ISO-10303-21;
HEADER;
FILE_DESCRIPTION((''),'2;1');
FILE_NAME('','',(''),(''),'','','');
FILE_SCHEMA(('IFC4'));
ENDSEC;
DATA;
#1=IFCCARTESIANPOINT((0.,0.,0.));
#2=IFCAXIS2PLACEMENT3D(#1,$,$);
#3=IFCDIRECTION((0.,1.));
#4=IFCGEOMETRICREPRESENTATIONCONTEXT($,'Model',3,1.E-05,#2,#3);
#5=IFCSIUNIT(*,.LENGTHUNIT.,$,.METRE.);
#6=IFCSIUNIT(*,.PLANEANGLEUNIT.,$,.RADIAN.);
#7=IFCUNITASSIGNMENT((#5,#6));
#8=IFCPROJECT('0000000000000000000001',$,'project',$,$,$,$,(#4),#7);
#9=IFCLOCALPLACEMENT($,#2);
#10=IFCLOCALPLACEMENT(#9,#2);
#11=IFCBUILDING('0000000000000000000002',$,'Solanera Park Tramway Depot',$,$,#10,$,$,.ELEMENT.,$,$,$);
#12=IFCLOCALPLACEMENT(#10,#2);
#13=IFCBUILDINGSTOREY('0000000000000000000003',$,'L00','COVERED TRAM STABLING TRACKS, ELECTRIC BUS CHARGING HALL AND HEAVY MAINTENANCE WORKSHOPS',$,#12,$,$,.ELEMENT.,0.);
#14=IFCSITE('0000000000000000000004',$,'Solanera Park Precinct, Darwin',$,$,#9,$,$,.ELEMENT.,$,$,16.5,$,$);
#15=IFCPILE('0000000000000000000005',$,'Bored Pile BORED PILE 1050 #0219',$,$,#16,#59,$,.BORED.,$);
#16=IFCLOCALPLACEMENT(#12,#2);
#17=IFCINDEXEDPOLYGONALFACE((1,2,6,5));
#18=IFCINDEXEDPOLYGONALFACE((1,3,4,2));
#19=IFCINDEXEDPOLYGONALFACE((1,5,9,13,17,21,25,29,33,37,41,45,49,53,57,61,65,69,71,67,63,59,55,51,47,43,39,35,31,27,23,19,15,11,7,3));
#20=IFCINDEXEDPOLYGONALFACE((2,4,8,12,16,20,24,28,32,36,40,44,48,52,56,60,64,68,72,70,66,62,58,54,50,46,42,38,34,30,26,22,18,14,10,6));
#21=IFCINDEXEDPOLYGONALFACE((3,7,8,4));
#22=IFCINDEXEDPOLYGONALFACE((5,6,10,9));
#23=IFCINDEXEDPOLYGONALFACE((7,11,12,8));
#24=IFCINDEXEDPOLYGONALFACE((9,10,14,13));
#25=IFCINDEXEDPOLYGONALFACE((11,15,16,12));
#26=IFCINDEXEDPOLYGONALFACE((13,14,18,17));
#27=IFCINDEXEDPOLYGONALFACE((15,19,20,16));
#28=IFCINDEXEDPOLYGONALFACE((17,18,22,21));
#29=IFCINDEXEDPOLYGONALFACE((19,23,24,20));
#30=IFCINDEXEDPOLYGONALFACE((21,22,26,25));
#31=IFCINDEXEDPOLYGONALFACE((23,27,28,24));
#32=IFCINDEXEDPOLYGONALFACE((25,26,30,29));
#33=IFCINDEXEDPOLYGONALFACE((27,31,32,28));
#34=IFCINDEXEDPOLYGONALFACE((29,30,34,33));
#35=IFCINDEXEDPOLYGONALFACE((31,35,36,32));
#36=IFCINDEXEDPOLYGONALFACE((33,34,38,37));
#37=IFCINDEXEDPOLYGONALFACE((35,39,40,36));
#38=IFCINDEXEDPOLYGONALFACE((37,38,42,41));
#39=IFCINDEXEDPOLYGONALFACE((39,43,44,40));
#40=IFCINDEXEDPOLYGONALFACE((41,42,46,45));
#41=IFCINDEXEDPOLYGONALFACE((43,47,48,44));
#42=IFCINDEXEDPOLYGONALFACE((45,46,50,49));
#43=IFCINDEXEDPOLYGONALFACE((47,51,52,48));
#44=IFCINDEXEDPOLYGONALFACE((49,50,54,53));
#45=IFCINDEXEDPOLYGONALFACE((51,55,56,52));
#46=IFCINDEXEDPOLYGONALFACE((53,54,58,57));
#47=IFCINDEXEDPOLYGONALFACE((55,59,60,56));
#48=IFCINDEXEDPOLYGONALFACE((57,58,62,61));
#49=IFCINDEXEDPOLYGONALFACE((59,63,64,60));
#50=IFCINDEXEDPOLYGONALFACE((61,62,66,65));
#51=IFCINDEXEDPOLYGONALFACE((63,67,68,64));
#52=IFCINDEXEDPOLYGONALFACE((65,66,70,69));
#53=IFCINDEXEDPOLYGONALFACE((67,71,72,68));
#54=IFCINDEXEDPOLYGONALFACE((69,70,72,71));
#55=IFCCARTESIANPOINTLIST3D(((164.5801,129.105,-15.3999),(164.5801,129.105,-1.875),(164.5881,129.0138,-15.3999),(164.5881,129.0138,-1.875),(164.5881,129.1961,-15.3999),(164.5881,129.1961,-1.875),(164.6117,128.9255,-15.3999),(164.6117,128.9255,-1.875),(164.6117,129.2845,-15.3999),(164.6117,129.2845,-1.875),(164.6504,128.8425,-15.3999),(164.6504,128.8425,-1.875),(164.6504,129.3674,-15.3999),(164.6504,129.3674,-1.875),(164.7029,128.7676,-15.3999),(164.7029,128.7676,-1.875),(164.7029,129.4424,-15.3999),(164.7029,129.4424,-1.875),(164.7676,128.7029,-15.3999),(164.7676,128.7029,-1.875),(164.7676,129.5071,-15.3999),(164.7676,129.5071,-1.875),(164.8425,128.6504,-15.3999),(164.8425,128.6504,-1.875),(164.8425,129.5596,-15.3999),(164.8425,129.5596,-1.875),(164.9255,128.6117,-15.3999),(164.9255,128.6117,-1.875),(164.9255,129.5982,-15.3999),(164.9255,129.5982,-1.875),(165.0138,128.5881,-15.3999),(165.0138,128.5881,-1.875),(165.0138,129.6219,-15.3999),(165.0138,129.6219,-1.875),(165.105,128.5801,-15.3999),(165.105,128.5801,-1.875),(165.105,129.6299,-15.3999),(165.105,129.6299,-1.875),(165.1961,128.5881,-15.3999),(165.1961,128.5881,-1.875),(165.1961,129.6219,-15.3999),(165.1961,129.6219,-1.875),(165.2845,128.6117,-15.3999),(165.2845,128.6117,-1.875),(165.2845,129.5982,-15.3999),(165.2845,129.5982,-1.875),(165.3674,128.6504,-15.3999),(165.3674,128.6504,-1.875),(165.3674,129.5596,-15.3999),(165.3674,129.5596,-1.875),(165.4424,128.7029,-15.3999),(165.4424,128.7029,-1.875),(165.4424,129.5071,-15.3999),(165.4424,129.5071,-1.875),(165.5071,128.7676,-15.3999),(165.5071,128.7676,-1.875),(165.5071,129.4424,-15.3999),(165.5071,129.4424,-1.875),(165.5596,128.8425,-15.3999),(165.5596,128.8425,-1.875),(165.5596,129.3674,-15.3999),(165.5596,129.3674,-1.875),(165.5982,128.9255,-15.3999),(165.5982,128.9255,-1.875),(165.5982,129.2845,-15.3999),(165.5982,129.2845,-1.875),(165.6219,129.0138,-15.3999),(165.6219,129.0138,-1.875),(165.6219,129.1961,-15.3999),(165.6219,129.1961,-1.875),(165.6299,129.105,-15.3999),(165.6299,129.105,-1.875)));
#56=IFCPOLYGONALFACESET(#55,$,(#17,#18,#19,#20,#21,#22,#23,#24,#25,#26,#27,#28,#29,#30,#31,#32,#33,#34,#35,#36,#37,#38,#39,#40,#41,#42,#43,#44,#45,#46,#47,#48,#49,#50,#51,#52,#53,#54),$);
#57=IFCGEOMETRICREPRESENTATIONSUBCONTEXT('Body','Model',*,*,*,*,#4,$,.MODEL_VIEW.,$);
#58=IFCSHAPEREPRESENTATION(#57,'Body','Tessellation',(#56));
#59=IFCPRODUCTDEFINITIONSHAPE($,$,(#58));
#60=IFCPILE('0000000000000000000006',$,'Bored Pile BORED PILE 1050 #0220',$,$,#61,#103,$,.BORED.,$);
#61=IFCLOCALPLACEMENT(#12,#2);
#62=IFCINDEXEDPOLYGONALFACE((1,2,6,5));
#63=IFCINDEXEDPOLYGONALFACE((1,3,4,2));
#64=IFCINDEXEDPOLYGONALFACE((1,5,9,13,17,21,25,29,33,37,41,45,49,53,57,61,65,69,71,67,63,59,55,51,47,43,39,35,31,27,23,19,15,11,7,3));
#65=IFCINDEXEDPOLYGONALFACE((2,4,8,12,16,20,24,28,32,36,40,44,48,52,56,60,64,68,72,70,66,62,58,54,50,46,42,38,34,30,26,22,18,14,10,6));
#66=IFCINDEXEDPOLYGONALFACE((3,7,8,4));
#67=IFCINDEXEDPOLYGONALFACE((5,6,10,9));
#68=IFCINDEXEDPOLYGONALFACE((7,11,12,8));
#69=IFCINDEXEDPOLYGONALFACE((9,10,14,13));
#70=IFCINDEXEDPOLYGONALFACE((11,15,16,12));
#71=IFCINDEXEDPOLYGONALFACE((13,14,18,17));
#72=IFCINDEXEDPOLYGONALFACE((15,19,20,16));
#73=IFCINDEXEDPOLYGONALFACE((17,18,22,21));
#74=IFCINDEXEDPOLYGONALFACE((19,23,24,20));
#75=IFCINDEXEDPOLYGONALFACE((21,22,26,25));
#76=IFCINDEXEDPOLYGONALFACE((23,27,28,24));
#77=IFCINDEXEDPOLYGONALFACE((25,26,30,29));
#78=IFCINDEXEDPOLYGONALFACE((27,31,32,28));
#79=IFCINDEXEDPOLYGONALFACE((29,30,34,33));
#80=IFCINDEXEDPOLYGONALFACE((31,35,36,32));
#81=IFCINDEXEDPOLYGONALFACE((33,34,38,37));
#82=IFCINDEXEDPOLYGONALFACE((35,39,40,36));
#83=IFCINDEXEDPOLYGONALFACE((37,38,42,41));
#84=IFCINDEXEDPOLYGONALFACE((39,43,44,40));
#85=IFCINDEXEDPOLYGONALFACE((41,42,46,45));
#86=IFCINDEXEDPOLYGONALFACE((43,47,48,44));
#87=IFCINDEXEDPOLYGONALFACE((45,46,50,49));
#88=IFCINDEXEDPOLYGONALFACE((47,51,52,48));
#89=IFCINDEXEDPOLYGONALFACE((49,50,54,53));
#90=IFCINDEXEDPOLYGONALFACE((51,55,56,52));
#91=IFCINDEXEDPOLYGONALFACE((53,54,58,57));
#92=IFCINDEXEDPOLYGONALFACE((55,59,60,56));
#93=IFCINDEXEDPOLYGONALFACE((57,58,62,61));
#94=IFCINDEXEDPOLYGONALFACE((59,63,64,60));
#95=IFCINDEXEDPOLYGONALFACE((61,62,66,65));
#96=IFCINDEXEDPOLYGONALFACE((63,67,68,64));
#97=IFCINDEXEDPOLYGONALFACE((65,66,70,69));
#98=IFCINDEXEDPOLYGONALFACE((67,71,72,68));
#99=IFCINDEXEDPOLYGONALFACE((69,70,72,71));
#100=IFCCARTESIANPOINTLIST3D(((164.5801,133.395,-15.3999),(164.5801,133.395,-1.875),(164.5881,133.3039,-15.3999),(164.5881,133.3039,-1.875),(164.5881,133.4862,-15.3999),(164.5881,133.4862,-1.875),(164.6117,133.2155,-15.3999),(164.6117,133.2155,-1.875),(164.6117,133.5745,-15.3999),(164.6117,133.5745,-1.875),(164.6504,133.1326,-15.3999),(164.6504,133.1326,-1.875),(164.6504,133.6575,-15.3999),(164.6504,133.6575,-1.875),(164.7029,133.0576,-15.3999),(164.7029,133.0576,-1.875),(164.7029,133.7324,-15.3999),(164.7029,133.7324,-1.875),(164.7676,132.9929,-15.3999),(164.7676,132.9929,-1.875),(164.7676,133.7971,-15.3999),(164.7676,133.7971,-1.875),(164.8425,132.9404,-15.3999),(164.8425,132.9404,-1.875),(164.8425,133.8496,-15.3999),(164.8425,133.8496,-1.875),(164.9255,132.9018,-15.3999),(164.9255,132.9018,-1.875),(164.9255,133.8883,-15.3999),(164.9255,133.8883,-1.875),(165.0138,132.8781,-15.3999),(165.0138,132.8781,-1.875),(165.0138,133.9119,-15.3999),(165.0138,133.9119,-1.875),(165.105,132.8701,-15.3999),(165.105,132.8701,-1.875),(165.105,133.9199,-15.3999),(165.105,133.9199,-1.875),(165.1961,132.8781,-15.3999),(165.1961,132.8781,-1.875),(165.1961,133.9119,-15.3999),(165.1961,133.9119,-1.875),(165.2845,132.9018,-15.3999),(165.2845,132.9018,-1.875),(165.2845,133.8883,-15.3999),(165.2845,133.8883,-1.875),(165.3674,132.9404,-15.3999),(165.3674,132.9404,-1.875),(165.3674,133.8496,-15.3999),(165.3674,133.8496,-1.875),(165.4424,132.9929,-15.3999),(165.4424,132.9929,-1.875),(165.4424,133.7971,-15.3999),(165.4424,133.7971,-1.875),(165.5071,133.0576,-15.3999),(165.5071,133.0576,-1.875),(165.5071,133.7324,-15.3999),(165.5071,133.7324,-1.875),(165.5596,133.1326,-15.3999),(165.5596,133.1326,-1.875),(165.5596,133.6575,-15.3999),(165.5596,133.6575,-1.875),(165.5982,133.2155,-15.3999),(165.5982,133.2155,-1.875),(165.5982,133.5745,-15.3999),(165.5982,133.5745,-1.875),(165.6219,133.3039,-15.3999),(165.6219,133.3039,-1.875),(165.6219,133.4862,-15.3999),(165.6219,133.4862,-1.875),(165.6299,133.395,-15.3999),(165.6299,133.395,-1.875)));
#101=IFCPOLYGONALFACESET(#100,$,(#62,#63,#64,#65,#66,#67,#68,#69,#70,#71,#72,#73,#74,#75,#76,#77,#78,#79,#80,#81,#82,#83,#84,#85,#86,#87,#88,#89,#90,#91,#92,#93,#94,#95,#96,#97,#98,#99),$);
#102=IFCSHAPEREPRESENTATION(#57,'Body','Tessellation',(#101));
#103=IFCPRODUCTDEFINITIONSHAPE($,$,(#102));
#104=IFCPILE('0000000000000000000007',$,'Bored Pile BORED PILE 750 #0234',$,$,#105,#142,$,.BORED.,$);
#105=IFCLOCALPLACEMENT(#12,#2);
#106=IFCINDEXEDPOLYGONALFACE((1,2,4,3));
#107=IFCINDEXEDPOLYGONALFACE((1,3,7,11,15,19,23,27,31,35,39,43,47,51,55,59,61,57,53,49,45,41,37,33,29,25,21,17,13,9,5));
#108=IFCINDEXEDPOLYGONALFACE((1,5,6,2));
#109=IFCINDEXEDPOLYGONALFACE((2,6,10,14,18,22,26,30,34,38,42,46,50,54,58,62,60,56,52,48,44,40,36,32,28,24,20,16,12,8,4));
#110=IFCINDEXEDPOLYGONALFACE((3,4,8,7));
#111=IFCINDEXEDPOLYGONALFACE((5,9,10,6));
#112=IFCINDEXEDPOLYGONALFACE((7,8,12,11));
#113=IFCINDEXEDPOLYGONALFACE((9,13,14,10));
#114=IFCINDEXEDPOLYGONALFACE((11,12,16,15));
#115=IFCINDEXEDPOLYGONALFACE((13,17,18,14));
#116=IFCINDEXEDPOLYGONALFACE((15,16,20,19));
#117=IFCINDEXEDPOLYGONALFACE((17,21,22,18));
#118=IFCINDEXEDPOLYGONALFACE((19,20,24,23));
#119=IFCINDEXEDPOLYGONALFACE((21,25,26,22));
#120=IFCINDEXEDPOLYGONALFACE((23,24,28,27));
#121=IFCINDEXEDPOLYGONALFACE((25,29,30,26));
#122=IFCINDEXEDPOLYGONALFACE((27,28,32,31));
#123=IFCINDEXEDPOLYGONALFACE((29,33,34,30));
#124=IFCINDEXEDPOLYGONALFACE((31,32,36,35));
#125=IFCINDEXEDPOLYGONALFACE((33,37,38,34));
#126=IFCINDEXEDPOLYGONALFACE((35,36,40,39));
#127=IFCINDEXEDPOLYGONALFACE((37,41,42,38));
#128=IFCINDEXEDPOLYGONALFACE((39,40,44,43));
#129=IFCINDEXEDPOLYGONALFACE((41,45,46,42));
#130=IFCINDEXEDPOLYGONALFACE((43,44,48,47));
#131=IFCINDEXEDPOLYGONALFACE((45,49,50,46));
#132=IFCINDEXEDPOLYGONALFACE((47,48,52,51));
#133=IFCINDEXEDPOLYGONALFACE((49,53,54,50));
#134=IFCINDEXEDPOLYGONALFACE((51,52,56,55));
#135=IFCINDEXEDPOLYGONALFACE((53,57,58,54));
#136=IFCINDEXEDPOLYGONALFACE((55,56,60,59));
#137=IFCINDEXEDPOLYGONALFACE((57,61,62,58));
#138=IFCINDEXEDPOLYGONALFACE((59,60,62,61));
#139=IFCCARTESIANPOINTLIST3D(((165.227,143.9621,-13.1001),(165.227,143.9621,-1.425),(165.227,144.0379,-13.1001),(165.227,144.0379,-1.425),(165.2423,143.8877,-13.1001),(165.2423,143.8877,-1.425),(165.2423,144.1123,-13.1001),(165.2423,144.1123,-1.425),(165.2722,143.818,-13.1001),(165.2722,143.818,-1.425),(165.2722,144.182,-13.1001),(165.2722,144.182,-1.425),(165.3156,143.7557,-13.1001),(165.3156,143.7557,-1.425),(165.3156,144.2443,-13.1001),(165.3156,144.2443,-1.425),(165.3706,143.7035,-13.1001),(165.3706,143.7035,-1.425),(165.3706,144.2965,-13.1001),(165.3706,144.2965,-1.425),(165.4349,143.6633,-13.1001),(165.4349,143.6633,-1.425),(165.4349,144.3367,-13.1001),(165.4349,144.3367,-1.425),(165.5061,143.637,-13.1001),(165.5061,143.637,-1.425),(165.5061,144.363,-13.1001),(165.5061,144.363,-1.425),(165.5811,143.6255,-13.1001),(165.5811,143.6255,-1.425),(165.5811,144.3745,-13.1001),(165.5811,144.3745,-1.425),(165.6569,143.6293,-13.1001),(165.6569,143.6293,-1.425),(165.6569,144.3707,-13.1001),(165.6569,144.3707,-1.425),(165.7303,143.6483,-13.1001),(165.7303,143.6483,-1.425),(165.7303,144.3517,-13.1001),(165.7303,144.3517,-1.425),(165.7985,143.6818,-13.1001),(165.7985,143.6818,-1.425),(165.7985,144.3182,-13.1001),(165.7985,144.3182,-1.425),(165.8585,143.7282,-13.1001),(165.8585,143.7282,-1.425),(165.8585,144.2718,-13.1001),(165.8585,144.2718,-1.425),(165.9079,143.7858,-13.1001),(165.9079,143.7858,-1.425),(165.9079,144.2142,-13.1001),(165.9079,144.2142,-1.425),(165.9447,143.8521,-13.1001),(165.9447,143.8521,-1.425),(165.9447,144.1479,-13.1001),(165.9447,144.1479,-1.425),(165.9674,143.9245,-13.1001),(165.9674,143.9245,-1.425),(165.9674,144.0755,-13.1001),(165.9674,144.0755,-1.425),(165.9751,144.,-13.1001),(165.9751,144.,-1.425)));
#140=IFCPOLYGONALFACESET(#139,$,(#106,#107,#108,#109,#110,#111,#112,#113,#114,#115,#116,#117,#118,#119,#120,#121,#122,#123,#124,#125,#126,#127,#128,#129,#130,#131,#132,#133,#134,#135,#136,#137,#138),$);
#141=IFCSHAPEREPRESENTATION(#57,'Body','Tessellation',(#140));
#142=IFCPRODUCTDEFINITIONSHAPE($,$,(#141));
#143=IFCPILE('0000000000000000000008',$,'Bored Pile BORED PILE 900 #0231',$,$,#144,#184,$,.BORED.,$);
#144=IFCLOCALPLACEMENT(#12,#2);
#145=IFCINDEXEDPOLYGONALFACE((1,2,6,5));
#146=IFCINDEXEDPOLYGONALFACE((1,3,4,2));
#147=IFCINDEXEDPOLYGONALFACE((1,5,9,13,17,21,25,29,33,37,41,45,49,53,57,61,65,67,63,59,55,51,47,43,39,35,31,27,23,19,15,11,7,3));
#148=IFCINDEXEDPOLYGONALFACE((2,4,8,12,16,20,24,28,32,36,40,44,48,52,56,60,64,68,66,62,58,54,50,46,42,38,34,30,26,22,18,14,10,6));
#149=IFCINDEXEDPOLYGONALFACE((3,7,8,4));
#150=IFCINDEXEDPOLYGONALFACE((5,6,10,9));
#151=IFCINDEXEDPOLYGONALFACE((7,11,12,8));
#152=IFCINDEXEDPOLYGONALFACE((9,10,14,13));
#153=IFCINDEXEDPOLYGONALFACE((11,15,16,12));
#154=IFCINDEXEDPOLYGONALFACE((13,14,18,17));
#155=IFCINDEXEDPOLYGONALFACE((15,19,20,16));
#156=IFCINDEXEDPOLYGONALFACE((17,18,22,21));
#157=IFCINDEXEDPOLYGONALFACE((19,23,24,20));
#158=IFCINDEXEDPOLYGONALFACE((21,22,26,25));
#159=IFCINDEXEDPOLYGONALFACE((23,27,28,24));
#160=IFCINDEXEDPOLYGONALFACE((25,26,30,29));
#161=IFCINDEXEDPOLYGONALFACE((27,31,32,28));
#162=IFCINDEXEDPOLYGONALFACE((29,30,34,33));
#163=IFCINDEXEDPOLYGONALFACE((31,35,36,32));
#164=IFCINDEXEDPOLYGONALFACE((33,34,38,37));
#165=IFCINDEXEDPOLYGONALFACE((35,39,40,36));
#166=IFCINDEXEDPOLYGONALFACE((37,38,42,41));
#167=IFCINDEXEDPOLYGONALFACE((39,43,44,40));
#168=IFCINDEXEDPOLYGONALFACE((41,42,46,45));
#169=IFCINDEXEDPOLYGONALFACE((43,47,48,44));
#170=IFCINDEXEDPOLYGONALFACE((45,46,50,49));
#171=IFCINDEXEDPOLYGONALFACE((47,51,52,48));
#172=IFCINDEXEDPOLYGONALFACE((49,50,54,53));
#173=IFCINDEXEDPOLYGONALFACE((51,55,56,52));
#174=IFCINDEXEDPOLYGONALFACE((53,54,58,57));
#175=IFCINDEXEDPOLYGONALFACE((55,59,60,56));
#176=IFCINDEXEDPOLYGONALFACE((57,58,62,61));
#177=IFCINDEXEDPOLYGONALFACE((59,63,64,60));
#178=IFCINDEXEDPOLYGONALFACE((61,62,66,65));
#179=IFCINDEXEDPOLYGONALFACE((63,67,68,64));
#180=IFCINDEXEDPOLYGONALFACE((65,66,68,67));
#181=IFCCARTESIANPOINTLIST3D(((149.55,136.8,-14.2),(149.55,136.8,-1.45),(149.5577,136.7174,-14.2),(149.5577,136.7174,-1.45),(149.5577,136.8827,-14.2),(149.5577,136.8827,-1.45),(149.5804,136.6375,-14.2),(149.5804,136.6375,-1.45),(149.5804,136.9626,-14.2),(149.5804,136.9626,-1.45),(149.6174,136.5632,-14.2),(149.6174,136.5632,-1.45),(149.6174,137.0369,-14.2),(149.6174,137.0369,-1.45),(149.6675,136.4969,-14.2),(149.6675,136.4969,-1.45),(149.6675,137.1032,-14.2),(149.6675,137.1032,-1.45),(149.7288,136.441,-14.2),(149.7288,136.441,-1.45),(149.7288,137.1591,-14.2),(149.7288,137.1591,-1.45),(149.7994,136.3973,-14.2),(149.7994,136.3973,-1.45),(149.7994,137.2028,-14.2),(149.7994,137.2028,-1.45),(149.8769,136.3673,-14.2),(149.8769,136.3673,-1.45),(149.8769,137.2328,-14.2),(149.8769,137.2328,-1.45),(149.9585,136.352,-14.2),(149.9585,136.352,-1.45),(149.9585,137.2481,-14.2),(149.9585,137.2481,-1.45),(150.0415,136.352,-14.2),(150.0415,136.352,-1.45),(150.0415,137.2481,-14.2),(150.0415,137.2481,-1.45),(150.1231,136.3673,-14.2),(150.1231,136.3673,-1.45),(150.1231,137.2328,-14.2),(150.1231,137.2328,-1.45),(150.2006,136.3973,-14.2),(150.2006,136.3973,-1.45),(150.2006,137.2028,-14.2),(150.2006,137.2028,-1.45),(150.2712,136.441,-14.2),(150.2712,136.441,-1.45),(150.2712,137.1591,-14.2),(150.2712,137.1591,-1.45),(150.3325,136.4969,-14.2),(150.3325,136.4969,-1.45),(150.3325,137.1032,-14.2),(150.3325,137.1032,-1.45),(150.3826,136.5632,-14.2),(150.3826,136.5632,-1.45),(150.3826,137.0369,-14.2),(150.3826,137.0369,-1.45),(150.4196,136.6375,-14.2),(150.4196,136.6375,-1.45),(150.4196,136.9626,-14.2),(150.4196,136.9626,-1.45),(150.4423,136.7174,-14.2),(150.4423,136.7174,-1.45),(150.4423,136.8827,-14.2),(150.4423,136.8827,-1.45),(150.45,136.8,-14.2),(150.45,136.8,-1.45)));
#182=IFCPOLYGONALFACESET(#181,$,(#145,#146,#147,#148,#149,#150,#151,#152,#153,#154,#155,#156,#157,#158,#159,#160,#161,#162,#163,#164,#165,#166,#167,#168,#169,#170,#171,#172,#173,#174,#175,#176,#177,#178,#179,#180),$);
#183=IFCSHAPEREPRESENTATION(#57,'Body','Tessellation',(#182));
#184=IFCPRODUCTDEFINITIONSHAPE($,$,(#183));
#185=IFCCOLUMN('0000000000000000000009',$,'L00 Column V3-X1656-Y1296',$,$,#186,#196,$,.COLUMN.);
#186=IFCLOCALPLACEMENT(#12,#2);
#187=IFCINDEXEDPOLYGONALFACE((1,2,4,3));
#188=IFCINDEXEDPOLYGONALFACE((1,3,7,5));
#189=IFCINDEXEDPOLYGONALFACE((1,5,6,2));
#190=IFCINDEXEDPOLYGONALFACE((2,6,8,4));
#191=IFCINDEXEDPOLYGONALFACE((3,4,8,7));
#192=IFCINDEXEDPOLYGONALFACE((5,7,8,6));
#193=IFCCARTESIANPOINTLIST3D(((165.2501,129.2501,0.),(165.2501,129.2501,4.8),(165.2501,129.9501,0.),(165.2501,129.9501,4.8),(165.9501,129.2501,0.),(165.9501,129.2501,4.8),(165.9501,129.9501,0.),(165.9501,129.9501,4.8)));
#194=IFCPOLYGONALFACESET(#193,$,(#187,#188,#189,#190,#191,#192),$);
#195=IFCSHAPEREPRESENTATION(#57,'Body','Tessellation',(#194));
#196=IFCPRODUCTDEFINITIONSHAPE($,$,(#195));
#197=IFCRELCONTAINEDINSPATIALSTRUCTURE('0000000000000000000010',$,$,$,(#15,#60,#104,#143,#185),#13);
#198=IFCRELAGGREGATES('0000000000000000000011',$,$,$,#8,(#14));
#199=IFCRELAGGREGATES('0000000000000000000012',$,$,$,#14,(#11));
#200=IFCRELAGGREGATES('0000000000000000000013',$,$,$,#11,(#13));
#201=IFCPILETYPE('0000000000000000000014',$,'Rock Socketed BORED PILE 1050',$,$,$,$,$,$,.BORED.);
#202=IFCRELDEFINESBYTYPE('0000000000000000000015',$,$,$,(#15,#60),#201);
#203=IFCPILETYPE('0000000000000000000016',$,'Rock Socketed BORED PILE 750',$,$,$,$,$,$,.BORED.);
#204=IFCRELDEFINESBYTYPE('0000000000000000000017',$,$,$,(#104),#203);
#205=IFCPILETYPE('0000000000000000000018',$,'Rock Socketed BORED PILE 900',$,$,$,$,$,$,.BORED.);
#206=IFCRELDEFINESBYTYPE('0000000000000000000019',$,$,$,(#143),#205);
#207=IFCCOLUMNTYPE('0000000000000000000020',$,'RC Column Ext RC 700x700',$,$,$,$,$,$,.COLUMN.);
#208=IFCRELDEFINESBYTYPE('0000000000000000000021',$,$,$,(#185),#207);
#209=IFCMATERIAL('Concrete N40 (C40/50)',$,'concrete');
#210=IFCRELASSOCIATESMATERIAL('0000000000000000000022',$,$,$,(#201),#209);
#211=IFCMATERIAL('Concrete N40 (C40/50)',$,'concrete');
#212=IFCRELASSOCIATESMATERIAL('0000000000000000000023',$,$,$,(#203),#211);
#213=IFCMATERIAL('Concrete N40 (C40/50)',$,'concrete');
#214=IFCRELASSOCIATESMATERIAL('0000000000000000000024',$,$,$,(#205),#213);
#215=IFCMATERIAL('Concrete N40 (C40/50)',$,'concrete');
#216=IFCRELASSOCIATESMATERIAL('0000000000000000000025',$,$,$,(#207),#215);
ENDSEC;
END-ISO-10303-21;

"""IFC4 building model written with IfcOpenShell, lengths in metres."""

from ifc_helpers import new_model, si_unit, direction, frame, origin, origin_2d, place, context, subcontext, project, spatial, rectangle, circle, extrude, material, material_profile, profile_set, type_object, element, save


model = new_model("IFC4")

# Units and contexts
model_context = context("Model", 3, precision=1e-05, world=origin(), true_north=direction((0.0, 1.0)))
body_context = subcontext(model_context, "Body", "Model", "MODEL_VIEW")
ifc_project = project(units=[si_unit("LENGTHUNIT", "METRE"), si_unit("PLANEANGLEUNIT", "RADIAN")], contexts=[model_context])

# Site, building, storey
site_placement = place(None, origin())
site = spatial("IfcSite", under=ifc_project, at=site_placement, Name="Solanera Park Precinct, Darwin", CompositionType="ELEMENT", RefElevation=16.5)
building_placement = place(site_placement, origin())
building = spatial("IfcBuilding", under=site, at=building_placement, Name="Solanera Park Tramway Depot", CompositionType="ELEMENT")
storey_placement = place(building_placement, origin())
storey = spatial("IfcBuildingStorey", under=building, at=storey_placement, Name="L00", Description="COVERED TRAM STABLING TRACKS, ELECTRIC BUS CHARGING HALL AND HEAVY MAINTENANCE WORKSHOPS", CompositionType="ELEMENT", Elevation=0.0)

# Piles
ifc_material_1 = material(Name="Concrete N40 (C40/50)", Category="concrete")
ifc_material_profile_1 = material_profile(ifc_material_1, circle(Radius=0.5249, at=origin_2d()), Name="BORED PILE 1050")
ifc_profile_set_1 = profile_set([ifc_material_profile_1], Name="Concrete N40 (C40/50)")
pile_type_1 = type_object("IfcPileType", Name="Rock Socketed BORED PILE 1050", PredefinedType="BORED", material=ifc_profile_set_1)
for number, where, z_axis, x_axis, name in (
    (1, (165.105, 129.105, -1.875), (0.0, 0.0, -1.0), (1.0, 0.0, 0.0), "Bored Pile BORED PILE 1050 #0219"),
    (2, (165.105, 133.395, -1.875), (0.0, 0.0, -1.0), (1.0, 0.0, 0.0), "Bored Pile BORED PILE 1050 #0220"),
):
    element("IfcPile", number, at=place(storey_placement, frame(where, z_axis=z_axis, x_axis=x_axis)), inside=storey, type_object=pile_type_1, Name=name, PredefinedType="BORED", context=body_context, shape_type="SweptSolid", body=[
        extrude(circle(Radius=0.5249, at=origin_2d()), origin(), (0.0, 0.0, 1.0), 13.5249),
    ])
ifc_material_2 = material(Name="Concrete N40 (C40/50)", Category="concrete")
ifc_material_profile_2 = material_profile(ifc_material_2, circle(Radius=0.375, at=origin_2d()), Name="BORED PILE 750")
ifc_profile_set_2 = profile_set([ifc_material_profile_2], Name="Concrete N40 (C40/50)")
pile_type_2 = type_object("IfcPileType", Name="Rock Socketed BORED PILE 750", PredefinedType="BORED", material=ifc_profile_set_2)
pile_1_placement = place(storey_placement, frame((165.6001, 144.0, -1.425), z_axis=(0.0, 0.0, -1.0), x_axis=(1.0, 0.0, 0.0)))
element("IfcPile", 3, at=pile_1_placement, inside=storey, type_object=pile_type_2, Name="Bored Pile BORED PILE 750 #0234", PredefinedType="BORED", context=body_context, shape_type="SweptSolid", body=[
    extrude(circle(Radius=0.375, at=origin_2d()), origin(), (0.0, 0.0, 1.0), 11.675),
])
ifc_material_3 = material(Name="Concrete N40 (C40/50)", Category="concrete")
ifc_material_profile_3 = material_profile(ifc_material_3, circle(Radius=0.45, at=origin_2d()), Name="BORED PILE 900")
ifc_profile_set_3 = profile_set([ifc_material_profile_3], Name="Concrete N40 (C40/50)")
pile_type_3 = type_object("IfcPileType", Name="Rock Socketed BORED PILE 900", PredefinedType="BORED", material=ifc_profile_set_3)
pile_2_placement = place(storey_placement, frame((150.0, 136.8, -1.45), z_axis=(0.0, 0.0, -1.0), x_axis=(1.0, 0.0, 0.0)))
element("IfcPile", 4, at=pile_2_placement, inside=storey, type_object=pile_type_3, Name="Bored Pile BORED PILE 900 #0231", PredefinedType="BORED", context=body_context, shape_type="SweptSolid", body=[
    extrude(circle(Radius=0.45, at=origin_2d()), origin(), (0.0, 0.0, 1.0), 12.75),
])

# Column
ifc_material_4 = material(Name="Concrete N40 (C40/50)", Category="concrete")
ifc_material_profile_4 = material_profile(ifc_material_4, rectangle(XDim=0.7, YDim=0.7, at=origin_2d()), Name="RC 700x700")
ifc_profile_set_4 = profile_set([ifc_material_profile_4], Name="Concrete N40 (C40/50)")
column_type_1 = type_object("IfcColumnType", Name="RC Column Ext RC 700x700", PredefinedType="COLUMN", material=ifc_profile_set_4)
column_1_placement = place(storey_placement, frame((165.6001, 129.6001, 0.0), z_axis=(0.0, 0.0, 1.0), x_axis=(1.0, 0.0, 0.0)))
element("IfcColumn", 5, at=column_1_placement, inside=storey, type_object=column_type_1, Name="L00 Column V3-X1656-Y1296", PredefinedType="COLUMN", context=body_context, shape_type="SweptSolid", body=[
    extrude(rectangle(XDim=0.7, YDim=0.7, at=origin_2d()), origin(), (0.0, 0.0, 1.0), 4.8),
])

save(model, "model.ifc")
